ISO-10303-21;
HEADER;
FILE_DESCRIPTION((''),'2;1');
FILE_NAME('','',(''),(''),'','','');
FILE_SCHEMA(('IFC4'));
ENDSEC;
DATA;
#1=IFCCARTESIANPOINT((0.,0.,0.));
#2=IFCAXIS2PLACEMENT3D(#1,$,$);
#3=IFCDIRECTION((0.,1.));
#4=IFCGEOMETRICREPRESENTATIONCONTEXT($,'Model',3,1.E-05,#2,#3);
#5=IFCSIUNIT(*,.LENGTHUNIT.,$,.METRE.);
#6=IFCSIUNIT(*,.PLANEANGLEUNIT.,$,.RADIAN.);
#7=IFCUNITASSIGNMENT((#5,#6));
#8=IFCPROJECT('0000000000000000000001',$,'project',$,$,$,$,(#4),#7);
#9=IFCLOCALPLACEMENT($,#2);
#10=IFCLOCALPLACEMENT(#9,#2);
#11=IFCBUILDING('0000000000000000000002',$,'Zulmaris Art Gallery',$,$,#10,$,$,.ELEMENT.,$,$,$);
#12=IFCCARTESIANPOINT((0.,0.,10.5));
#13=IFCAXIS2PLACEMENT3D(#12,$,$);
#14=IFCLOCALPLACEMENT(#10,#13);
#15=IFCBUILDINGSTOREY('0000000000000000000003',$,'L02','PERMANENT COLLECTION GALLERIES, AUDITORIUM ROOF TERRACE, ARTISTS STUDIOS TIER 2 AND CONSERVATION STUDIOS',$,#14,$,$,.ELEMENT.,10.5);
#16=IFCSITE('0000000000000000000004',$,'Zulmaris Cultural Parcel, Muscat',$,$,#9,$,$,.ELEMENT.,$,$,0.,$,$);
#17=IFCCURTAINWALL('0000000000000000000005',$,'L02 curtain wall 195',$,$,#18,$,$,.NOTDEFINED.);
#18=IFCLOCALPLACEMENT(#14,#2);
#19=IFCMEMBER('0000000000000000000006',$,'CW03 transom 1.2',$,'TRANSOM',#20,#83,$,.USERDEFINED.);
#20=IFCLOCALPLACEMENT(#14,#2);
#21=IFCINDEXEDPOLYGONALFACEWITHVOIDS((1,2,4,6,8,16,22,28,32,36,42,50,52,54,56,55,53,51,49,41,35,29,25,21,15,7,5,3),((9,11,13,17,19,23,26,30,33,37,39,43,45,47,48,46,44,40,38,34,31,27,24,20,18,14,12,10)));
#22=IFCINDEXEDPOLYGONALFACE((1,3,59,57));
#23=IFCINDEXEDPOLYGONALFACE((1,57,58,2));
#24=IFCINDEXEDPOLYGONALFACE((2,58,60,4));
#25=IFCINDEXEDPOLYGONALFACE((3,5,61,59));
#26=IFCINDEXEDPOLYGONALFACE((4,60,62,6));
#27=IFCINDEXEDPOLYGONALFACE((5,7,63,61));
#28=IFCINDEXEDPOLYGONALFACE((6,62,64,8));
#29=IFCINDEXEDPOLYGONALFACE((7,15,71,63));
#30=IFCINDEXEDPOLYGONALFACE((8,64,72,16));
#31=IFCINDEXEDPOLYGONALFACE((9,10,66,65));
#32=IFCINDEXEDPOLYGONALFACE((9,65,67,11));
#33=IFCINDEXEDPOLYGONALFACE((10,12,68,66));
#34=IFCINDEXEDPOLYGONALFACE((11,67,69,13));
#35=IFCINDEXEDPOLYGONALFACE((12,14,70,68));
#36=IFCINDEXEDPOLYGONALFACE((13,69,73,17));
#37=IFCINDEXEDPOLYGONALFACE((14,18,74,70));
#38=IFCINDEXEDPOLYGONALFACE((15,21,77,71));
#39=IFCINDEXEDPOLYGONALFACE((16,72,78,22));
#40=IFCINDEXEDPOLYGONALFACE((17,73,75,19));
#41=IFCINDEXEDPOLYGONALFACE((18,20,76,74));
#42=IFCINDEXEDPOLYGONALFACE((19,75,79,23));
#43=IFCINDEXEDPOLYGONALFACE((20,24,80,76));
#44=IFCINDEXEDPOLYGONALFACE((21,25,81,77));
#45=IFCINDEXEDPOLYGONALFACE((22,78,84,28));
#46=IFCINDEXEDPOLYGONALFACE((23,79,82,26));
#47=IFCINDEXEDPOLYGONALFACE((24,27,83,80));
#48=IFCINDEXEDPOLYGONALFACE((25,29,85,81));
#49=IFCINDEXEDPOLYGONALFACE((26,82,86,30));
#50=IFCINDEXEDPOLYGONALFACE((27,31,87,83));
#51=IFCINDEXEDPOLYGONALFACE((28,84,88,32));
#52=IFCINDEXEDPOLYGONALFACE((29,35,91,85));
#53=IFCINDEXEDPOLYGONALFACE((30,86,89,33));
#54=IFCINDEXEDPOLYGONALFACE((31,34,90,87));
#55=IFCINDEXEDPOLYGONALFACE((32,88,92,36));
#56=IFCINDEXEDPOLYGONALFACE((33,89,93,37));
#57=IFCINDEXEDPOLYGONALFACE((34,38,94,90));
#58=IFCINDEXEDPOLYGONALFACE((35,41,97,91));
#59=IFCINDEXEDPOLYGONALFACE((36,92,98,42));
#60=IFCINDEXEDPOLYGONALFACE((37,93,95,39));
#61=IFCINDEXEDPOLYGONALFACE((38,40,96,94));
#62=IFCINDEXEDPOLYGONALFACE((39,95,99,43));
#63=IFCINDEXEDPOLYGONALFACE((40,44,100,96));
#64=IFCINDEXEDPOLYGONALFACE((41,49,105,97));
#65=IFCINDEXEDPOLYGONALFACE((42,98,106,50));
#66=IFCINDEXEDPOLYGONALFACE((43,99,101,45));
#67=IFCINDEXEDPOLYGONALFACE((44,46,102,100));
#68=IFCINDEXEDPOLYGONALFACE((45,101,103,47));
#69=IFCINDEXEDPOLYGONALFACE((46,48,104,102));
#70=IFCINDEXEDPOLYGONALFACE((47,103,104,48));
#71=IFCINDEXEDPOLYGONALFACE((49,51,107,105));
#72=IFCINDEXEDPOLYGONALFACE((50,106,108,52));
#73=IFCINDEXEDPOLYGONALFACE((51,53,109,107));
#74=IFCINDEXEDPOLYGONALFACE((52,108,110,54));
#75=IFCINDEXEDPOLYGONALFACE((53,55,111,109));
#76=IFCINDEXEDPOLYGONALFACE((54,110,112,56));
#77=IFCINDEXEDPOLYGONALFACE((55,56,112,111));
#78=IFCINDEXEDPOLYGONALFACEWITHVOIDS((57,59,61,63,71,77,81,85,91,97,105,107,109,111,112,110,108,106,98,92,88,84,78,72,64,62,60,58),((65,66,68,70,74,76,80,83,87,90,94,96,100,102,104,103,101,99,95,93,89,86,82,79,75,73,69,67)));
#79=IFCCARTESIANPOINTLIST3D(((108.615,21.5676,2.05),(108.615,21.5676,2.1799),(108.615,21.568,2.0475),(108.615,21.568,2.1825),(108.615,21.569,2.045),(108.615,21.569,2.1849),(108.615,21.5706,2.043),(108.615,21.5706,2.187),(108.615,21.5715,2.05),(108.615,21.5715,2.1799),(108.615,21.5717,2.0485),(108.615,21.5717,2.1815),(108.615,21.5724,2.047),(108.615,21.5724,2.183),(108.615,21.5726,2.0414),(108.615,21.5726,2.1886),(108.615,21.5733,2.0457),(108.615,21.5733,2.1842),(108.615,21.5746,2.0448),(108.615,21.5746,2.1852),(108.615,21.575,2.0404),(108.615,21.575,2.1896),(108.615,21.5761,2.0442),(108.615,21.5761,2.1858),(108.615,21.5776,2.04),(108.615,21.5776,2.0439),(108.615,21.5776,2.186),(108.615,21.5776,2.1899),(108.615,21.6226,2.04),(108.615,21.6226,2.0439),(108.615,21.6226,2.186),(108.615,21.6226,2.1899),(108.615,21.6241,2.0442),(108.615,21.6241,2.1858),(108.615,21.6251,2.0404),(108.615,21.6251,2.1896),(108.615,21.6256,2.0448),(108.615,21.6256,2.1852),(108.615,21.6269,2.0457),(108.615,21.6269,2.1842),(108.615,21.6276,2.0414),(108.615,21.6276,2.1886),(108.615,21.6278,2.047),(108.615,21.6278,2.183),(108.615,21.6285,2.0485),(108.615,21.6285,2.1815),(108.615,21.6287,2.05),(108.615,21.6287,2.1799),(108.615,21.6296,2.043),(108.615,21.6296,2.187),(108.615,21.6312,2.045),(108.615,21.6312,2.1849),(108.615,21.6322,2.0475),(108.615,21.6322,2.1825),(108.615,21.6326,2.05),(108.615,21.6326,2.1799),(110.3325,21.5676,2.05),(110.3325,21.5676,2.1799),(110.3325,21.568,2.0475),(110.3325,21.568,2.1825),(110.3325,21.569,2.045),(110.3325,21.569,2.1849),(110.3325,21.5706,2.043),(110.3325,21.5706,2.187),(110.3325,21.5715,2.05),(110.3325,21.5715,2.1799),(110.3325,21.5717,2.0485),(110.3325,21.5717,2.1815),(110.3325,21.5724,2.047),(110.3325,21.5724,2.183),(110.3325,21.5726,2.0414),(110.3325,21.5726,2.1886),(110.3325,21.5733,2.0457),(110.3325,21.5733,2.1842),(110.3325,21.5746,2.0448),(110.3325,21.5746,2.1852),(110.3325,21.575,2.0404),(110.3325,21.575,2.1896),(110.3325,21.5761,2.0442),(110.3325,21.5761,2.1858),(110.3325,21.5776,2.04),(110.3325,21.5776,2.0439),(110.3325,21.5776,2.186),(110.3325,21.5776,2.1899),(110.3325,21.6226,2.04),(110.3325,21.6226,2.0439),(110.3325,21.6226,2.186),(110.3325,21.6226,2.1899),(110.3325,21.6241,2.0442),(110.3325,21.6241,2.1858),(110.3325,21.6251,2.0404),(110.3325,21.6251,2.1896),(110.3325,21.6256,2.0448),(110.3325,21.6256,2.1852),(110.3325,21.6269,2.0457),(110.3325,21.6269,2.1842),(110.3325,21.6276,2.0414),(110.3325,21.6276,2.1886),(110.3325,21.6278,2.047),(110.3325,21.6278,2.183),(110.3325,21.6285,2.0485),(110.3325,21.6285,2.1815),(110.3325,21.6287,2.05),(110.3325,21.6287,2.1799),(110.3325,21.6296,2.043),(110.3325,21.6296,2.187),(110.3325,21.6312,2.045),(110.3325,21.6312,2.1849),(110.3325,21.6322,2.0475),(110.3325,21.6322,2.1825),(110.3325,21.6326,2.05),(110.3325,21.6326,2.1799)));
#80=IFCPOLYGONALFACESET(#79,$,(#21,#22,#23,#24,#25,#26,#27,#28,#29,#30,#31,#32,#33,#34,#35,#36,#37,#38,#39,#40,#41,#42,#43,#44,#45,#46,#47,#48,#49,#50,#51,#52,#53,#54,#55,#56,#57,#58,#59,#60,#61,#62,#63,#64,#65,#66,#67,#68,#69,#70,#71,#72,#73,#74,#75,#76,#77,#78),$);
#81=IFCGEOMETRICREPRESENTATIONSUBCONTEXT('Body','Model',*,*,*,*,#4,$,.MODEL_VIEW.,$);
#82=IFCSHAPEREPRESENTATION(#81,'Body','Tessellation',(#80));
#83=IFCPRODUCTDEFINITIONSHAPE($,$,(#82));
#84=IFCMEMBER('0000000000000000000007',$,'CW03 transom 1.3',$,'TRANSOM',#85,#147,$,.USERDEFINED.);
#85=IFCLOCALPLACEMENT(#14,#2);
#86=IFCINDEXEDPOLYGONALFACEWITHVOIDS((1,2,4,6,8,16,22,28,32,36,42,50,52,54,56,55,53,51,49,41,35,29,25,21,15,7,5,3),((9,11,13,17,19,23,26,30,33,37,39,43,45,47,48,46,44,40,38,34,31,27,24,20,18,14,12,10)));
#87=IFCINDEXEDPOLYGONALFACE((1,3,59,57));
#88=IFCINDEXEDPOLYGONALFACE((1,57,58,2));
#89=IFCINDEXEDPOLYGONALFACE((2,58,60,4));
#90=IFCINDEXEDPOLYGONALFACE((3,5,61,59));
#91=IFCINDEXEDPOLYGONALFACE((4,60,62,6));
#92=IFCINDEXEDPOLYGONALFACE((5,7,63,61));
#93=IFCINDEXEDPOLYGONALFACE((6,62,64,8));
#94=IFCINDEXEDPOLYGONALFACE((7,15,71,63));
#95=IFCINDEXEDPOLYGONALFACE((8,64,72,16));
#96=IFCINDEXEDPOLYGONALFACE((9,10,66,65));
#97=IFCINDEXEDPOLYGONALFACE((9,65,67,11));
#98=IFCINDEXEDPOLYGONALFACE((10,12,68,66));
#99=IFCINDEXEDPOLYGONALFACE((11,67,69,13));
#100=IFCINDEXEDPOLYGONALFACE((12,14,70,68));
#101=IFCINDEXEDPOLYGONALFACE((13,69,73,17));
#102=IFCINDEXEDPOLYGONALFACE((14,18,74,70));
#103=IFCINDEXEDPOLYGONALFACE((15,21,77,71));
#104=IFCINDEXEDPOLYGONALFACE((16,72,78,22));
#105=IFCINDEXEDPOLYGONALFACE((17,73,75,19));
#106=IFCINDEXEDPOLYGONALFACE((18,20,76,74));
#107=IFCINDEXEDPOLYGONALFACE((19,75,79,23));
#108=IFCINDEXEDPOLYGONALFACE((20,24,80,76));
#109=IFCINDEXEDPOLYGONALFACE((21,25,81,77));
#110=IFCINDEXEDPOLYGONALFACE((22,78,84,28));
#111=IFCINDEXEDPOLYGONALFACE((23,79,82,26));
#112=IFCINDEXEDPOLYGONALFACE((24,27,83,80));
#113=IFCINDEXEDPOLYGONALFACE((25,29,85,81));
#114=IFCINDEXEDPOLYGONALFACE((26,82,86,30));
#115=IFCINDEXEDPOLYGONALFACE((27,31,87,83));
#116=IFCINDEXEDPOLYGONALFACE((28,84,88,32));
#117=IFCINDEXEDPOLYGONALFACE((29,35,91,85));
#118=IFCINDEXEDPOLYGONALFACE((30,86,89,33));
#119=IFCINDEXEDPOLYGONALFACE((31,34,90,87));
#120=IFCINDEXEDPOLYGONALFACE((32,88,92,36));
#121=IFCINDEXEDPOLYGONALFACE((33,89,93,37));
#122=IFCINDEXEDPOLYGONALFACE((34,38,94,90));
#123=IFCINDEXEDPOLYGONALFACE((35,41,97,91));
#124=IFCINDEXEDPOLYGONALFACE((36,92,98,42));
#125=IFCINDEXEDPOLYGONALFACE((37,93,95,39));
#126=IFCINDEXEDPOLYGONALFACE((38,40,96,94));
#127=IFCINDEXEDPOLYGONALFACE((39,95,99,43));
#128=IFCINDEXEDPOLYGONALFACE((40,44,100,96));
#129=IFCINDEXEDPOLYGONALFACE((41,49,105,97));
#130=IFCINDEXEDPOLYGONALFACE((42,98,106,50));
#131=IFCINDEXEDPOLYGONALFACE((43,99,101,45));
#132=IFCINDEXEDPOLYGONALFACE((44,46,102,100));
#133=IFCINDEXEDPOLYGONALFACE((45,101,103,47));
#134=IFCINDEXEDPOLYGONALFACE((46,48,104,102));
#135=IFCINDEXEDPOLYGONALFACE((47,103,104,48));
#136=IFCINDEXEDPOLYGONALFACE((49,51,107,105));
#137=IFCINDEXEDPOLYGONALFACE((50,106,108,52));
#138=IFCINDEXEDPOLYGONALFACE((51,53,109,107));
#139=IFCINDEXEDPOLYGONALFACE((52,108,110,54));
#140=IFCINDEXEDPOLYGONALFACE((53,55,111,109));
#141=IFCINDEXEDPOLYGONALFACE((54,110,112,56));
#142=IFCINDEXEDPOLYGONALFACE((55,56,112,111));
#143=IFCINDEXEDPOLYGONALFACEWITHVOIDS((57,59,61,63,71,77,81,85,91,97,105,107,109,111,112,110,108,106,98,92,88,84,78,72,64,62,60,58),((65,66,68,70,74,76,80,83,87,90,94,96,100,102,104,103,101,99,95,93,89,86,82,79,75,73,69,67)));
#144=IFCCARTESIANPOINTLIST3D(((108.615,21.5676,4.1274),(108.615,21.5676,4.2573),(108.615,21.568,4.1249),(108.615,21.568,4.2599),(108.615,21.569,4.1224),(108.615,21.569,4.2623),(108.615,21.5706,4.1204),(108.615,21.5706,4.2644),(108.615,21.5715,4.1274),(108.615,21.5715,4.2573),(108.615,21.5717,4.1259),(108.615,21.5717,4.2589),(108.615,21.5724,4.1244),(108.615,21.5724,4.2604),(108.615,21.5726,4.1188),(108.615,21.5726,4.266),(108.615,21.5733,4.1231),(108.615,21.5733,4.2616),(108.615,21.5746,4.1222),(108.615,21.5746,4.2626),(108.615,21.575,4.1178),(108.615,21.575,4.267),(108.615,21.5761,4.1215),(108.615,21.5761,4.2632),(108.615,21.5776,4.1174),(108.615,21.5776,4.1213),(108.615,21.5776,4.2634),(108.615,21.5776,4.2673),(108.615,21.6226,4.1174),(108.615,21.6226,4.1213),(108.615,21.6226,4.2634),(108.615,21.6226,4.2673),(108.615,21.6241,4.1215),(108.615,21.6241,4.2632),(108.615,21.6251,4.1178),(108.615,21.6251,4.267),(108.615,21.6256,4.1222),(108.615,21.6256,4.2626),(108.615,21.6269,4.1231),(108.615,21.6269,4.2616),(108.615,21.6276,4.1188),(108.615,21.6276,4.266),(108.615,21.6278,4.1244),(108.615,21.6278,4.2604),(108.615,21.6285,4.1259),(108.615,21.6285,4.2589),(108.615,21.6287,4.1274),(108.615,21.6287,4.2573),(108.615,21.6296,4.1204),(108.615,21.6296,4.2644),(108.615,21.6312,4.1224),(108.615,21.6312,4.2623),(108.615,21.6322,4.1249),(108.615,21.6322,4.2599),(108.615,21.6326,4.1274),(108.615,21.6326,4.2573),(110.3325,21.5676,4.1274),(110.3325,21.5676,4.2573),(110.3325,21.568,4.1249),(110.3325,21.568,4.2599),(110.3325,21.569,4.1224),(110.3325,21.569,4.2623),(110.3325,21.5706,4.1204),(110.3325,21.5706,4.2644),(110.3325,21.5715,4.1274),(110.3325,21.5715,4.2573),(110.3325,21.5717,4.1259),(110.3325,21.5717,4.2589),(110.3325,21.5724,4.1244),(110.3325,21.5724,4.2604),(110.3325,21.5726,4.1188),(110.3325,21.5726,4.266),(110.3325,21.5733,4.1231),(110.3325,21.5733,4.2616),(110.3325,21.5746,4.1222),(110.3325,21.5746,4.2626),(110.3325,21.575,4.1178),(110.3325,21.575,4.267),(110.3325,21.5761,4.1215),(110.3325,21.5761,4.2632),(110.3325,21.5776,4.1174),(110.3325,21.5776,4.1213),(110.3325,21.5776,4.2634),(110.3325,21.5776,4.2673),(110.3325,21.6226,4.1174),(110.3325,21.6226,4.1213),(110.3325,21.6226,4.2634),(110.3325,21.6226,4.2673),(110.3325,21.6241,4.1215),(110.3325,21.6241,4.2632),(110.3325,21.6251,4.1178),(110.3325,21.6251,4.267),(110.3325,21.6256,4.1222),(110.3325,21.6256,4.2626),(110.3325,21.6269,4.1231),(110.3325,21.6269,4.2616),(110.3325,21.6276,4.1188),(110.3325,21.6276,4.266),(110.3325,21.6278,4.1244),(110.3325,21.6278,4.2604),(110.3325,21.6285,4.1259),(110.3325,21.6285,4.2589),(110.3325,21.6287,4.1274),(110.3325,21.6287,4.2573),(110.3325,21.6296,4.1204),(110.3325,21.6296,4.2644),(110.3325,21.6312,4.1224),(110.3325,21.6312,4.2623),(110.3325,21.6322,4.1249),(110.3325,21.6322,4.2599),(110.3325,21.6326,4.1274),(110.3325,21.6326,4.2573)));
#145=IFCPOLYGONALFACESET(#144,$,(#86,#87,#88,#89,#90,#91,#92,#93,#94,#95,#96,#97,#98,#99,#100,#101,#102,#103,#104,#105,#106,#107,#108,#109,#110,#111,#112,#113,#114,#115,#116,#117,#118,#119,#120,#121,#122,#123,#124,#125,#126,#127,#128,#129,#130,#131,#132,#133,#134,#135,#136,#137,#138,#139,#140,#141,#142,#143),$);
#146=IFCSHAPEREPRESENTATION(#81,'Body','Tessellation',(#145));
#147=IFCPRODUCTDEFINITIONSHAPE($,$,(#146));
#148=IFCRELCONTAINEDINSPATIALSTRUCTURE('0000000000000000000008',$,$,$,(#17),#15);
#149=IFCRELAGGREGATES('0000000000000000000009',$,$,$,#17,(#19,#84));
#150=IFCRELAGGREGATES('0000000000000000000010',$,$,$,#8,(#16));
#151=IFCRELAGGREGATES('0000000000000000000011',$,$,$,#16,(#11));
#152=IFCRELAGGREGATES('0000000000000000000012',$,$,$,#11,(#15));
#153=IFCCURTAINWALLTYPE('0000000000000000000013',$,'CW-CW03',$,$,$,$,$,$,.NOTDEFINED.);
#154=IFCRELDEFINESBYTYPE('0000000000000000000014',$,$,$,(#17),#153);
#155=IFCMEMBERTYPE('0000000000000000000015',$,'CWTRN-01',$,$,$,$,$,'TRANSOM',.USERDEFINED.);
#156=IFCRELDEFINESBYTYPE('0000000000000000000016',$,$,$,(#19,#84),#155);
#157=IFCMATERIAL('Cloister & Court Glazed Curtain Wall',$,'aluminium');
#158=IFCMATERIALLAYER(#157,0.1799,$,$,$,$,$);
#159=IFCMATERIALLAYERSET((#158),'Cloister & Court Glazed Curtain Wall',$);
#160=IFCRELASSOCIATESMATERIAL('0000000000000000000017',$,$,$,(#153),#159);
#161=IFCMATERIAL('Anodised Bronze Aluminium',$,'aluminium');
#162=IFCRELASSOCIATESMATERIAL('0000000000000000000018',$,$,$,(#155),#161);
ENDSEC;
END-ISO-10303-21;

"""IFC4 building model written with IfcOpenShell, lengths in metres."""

from ifc_helpers import new_model, si_unit, direction, frame, origin, origin_2d, place, context, subcontext, project, spatial, hollow_rectangle, extrude, material, layer, layer_set, material_profile, profile_set, type_object, element, aggregate, save


model = new_model("IFC4")

# Units and contexts
model_context = context("Model", 3, precision=1e-05, world=origin(), true_north=direction((0.0, 1.0)))
body_context = subcontext(model_context, "Body", "Model", "MODEL_VIEW")
ifc_project = project(units=[si_unit("LENGTHUNIT", "METRE"), si_unit("PLANEANGLEUNIT", "RADIAN")], contexts=[model_context])

# Site, building, storey
site_placement = place(None, origin())
site = spatial("IfcSite", under=ifc_project, at=site_placement, Name="Zulmaris Cultural Parcel, Muscat", CompositionType="ELEMENT", RefElevation=0.0)
building_placement = place(site_placement, origin())
building = spatial("IfcBuilding", under=site, at=building_placement, Name="Zulmaris Art Gallery", CompositionType="ELEMENT")
storey_placement = place(building_placement, frame((0.0, 0.0, 10.5)))
storey = spatial("IfcBuildingStorey", under=building, at=storey_placement, Name="L02", Description="PERMANENT COLLECTION GALLERIES, AUDITORIUM ROOF TERRACE, ARTISTS STUDIOS TIER 2 AND CONSERVATION STUDIOS", CompositionType="ELEMENT", Elevation=10.5)

# Shared definitions
ifc_material_1 = material(Name="Cloister & Court Glazed Curtain Wall", Category="aluminium")
ifc_layer_1 = layer(ifc_material_1, 0.1799)
ifc_layer_set_1 = layer_set([ifc_layer_1], Name="Cloister & Court Glazed Curtain Wall")
curtain_wall_type = type_object("IfcCurtainWallType", Name="CW-CW03", PredefinedType="NOTDEFINED", material=ifc_layer_set_1)
ifc_material_2 = material(Name="Anodised Bronze Aluminium", Category="aluminium")

# Curtain wall
curtain_wall_1_placement = place(storey_placement, origin())
curtain_wall_1 = element("IfcCurtainWall", 1, at=curtain_wall_1_placement, inside=storey, type_object=curtain_wall_type, Name="L02 curtain wall 195", PredefinedType="NOTDEFINED")

# Members
ifc_material_profile_1 = material_profile(ifc_material_2, hollow_rectangle(XDim=0.0649, YDim=0.1499, WallThickness=0.0039, InnerFilletRadius=0.0061, OuterFilletRadius=0.01, at=origin_2d()), Name="ALU 65x150x4")
ifc_profile_set_1 = profile_set([ifc_material_profile_1], Name="Anodised Bronze Aluminium")
member_type_1 = type_object("IfcMemberType", Name="CWTRN-01", ElementType="TRANSOM", PredefinedType="USERDEFINED", material=ifc_profile_set_1)
member_1_placement = place(storey_placement, frame((108.615, 21.6001, 2.115), z_axis=(1.0, 0.0, 0.0), x_axis=(0.0, 1.0, 0.0)))
member_1 = element("IfcMember", 2, at=member_1_placement, type_object=member_type_1, Name="CW03 transom 1.2", ObjectType="TRANSOM", PredefinedType="USERDEFINED", context=body_context, shape_type="SweptSolid", body=[
    extrude(hollow_rectangle(XDim=0.0649, YDim=0.1499, WallThickness=0.0039, InnerFilletRadius=0.0061, OuterFilletRadius=0.01, at=origin_2d()), origin(), (0.0, 0.0, 1.0), 1.7175),
])
member_2_placement = place(storey_placement, frame((108.615, 21.6001, 4.1924), z_axis=(1.0, 0.0, 0.0), x_axis=(0.0, 1.0, 0.0)))
member_2 = element("IfcMember", 3, at=member_2_placement, type_object=member_type_1, Name="CW03 transom 1.3", ObjectType="TRANSOM", PredefinedType="USERDEFINED", context=body_context, shape_type="SweptSolid", body=[
    extrude(hollow_rectangle(XDim=0.0649, YDim=0.1499, WallThickness=0.0039, InnerFilletRadius=0.0061, OuterFilletRadius=0.01, at=origin_2d()), origin(), (0.0, 0.0, 1.0), 1.7175),
])

aggregate(curtain_wall_1, [member_1, member_2])

save(model, "model.ifc")
